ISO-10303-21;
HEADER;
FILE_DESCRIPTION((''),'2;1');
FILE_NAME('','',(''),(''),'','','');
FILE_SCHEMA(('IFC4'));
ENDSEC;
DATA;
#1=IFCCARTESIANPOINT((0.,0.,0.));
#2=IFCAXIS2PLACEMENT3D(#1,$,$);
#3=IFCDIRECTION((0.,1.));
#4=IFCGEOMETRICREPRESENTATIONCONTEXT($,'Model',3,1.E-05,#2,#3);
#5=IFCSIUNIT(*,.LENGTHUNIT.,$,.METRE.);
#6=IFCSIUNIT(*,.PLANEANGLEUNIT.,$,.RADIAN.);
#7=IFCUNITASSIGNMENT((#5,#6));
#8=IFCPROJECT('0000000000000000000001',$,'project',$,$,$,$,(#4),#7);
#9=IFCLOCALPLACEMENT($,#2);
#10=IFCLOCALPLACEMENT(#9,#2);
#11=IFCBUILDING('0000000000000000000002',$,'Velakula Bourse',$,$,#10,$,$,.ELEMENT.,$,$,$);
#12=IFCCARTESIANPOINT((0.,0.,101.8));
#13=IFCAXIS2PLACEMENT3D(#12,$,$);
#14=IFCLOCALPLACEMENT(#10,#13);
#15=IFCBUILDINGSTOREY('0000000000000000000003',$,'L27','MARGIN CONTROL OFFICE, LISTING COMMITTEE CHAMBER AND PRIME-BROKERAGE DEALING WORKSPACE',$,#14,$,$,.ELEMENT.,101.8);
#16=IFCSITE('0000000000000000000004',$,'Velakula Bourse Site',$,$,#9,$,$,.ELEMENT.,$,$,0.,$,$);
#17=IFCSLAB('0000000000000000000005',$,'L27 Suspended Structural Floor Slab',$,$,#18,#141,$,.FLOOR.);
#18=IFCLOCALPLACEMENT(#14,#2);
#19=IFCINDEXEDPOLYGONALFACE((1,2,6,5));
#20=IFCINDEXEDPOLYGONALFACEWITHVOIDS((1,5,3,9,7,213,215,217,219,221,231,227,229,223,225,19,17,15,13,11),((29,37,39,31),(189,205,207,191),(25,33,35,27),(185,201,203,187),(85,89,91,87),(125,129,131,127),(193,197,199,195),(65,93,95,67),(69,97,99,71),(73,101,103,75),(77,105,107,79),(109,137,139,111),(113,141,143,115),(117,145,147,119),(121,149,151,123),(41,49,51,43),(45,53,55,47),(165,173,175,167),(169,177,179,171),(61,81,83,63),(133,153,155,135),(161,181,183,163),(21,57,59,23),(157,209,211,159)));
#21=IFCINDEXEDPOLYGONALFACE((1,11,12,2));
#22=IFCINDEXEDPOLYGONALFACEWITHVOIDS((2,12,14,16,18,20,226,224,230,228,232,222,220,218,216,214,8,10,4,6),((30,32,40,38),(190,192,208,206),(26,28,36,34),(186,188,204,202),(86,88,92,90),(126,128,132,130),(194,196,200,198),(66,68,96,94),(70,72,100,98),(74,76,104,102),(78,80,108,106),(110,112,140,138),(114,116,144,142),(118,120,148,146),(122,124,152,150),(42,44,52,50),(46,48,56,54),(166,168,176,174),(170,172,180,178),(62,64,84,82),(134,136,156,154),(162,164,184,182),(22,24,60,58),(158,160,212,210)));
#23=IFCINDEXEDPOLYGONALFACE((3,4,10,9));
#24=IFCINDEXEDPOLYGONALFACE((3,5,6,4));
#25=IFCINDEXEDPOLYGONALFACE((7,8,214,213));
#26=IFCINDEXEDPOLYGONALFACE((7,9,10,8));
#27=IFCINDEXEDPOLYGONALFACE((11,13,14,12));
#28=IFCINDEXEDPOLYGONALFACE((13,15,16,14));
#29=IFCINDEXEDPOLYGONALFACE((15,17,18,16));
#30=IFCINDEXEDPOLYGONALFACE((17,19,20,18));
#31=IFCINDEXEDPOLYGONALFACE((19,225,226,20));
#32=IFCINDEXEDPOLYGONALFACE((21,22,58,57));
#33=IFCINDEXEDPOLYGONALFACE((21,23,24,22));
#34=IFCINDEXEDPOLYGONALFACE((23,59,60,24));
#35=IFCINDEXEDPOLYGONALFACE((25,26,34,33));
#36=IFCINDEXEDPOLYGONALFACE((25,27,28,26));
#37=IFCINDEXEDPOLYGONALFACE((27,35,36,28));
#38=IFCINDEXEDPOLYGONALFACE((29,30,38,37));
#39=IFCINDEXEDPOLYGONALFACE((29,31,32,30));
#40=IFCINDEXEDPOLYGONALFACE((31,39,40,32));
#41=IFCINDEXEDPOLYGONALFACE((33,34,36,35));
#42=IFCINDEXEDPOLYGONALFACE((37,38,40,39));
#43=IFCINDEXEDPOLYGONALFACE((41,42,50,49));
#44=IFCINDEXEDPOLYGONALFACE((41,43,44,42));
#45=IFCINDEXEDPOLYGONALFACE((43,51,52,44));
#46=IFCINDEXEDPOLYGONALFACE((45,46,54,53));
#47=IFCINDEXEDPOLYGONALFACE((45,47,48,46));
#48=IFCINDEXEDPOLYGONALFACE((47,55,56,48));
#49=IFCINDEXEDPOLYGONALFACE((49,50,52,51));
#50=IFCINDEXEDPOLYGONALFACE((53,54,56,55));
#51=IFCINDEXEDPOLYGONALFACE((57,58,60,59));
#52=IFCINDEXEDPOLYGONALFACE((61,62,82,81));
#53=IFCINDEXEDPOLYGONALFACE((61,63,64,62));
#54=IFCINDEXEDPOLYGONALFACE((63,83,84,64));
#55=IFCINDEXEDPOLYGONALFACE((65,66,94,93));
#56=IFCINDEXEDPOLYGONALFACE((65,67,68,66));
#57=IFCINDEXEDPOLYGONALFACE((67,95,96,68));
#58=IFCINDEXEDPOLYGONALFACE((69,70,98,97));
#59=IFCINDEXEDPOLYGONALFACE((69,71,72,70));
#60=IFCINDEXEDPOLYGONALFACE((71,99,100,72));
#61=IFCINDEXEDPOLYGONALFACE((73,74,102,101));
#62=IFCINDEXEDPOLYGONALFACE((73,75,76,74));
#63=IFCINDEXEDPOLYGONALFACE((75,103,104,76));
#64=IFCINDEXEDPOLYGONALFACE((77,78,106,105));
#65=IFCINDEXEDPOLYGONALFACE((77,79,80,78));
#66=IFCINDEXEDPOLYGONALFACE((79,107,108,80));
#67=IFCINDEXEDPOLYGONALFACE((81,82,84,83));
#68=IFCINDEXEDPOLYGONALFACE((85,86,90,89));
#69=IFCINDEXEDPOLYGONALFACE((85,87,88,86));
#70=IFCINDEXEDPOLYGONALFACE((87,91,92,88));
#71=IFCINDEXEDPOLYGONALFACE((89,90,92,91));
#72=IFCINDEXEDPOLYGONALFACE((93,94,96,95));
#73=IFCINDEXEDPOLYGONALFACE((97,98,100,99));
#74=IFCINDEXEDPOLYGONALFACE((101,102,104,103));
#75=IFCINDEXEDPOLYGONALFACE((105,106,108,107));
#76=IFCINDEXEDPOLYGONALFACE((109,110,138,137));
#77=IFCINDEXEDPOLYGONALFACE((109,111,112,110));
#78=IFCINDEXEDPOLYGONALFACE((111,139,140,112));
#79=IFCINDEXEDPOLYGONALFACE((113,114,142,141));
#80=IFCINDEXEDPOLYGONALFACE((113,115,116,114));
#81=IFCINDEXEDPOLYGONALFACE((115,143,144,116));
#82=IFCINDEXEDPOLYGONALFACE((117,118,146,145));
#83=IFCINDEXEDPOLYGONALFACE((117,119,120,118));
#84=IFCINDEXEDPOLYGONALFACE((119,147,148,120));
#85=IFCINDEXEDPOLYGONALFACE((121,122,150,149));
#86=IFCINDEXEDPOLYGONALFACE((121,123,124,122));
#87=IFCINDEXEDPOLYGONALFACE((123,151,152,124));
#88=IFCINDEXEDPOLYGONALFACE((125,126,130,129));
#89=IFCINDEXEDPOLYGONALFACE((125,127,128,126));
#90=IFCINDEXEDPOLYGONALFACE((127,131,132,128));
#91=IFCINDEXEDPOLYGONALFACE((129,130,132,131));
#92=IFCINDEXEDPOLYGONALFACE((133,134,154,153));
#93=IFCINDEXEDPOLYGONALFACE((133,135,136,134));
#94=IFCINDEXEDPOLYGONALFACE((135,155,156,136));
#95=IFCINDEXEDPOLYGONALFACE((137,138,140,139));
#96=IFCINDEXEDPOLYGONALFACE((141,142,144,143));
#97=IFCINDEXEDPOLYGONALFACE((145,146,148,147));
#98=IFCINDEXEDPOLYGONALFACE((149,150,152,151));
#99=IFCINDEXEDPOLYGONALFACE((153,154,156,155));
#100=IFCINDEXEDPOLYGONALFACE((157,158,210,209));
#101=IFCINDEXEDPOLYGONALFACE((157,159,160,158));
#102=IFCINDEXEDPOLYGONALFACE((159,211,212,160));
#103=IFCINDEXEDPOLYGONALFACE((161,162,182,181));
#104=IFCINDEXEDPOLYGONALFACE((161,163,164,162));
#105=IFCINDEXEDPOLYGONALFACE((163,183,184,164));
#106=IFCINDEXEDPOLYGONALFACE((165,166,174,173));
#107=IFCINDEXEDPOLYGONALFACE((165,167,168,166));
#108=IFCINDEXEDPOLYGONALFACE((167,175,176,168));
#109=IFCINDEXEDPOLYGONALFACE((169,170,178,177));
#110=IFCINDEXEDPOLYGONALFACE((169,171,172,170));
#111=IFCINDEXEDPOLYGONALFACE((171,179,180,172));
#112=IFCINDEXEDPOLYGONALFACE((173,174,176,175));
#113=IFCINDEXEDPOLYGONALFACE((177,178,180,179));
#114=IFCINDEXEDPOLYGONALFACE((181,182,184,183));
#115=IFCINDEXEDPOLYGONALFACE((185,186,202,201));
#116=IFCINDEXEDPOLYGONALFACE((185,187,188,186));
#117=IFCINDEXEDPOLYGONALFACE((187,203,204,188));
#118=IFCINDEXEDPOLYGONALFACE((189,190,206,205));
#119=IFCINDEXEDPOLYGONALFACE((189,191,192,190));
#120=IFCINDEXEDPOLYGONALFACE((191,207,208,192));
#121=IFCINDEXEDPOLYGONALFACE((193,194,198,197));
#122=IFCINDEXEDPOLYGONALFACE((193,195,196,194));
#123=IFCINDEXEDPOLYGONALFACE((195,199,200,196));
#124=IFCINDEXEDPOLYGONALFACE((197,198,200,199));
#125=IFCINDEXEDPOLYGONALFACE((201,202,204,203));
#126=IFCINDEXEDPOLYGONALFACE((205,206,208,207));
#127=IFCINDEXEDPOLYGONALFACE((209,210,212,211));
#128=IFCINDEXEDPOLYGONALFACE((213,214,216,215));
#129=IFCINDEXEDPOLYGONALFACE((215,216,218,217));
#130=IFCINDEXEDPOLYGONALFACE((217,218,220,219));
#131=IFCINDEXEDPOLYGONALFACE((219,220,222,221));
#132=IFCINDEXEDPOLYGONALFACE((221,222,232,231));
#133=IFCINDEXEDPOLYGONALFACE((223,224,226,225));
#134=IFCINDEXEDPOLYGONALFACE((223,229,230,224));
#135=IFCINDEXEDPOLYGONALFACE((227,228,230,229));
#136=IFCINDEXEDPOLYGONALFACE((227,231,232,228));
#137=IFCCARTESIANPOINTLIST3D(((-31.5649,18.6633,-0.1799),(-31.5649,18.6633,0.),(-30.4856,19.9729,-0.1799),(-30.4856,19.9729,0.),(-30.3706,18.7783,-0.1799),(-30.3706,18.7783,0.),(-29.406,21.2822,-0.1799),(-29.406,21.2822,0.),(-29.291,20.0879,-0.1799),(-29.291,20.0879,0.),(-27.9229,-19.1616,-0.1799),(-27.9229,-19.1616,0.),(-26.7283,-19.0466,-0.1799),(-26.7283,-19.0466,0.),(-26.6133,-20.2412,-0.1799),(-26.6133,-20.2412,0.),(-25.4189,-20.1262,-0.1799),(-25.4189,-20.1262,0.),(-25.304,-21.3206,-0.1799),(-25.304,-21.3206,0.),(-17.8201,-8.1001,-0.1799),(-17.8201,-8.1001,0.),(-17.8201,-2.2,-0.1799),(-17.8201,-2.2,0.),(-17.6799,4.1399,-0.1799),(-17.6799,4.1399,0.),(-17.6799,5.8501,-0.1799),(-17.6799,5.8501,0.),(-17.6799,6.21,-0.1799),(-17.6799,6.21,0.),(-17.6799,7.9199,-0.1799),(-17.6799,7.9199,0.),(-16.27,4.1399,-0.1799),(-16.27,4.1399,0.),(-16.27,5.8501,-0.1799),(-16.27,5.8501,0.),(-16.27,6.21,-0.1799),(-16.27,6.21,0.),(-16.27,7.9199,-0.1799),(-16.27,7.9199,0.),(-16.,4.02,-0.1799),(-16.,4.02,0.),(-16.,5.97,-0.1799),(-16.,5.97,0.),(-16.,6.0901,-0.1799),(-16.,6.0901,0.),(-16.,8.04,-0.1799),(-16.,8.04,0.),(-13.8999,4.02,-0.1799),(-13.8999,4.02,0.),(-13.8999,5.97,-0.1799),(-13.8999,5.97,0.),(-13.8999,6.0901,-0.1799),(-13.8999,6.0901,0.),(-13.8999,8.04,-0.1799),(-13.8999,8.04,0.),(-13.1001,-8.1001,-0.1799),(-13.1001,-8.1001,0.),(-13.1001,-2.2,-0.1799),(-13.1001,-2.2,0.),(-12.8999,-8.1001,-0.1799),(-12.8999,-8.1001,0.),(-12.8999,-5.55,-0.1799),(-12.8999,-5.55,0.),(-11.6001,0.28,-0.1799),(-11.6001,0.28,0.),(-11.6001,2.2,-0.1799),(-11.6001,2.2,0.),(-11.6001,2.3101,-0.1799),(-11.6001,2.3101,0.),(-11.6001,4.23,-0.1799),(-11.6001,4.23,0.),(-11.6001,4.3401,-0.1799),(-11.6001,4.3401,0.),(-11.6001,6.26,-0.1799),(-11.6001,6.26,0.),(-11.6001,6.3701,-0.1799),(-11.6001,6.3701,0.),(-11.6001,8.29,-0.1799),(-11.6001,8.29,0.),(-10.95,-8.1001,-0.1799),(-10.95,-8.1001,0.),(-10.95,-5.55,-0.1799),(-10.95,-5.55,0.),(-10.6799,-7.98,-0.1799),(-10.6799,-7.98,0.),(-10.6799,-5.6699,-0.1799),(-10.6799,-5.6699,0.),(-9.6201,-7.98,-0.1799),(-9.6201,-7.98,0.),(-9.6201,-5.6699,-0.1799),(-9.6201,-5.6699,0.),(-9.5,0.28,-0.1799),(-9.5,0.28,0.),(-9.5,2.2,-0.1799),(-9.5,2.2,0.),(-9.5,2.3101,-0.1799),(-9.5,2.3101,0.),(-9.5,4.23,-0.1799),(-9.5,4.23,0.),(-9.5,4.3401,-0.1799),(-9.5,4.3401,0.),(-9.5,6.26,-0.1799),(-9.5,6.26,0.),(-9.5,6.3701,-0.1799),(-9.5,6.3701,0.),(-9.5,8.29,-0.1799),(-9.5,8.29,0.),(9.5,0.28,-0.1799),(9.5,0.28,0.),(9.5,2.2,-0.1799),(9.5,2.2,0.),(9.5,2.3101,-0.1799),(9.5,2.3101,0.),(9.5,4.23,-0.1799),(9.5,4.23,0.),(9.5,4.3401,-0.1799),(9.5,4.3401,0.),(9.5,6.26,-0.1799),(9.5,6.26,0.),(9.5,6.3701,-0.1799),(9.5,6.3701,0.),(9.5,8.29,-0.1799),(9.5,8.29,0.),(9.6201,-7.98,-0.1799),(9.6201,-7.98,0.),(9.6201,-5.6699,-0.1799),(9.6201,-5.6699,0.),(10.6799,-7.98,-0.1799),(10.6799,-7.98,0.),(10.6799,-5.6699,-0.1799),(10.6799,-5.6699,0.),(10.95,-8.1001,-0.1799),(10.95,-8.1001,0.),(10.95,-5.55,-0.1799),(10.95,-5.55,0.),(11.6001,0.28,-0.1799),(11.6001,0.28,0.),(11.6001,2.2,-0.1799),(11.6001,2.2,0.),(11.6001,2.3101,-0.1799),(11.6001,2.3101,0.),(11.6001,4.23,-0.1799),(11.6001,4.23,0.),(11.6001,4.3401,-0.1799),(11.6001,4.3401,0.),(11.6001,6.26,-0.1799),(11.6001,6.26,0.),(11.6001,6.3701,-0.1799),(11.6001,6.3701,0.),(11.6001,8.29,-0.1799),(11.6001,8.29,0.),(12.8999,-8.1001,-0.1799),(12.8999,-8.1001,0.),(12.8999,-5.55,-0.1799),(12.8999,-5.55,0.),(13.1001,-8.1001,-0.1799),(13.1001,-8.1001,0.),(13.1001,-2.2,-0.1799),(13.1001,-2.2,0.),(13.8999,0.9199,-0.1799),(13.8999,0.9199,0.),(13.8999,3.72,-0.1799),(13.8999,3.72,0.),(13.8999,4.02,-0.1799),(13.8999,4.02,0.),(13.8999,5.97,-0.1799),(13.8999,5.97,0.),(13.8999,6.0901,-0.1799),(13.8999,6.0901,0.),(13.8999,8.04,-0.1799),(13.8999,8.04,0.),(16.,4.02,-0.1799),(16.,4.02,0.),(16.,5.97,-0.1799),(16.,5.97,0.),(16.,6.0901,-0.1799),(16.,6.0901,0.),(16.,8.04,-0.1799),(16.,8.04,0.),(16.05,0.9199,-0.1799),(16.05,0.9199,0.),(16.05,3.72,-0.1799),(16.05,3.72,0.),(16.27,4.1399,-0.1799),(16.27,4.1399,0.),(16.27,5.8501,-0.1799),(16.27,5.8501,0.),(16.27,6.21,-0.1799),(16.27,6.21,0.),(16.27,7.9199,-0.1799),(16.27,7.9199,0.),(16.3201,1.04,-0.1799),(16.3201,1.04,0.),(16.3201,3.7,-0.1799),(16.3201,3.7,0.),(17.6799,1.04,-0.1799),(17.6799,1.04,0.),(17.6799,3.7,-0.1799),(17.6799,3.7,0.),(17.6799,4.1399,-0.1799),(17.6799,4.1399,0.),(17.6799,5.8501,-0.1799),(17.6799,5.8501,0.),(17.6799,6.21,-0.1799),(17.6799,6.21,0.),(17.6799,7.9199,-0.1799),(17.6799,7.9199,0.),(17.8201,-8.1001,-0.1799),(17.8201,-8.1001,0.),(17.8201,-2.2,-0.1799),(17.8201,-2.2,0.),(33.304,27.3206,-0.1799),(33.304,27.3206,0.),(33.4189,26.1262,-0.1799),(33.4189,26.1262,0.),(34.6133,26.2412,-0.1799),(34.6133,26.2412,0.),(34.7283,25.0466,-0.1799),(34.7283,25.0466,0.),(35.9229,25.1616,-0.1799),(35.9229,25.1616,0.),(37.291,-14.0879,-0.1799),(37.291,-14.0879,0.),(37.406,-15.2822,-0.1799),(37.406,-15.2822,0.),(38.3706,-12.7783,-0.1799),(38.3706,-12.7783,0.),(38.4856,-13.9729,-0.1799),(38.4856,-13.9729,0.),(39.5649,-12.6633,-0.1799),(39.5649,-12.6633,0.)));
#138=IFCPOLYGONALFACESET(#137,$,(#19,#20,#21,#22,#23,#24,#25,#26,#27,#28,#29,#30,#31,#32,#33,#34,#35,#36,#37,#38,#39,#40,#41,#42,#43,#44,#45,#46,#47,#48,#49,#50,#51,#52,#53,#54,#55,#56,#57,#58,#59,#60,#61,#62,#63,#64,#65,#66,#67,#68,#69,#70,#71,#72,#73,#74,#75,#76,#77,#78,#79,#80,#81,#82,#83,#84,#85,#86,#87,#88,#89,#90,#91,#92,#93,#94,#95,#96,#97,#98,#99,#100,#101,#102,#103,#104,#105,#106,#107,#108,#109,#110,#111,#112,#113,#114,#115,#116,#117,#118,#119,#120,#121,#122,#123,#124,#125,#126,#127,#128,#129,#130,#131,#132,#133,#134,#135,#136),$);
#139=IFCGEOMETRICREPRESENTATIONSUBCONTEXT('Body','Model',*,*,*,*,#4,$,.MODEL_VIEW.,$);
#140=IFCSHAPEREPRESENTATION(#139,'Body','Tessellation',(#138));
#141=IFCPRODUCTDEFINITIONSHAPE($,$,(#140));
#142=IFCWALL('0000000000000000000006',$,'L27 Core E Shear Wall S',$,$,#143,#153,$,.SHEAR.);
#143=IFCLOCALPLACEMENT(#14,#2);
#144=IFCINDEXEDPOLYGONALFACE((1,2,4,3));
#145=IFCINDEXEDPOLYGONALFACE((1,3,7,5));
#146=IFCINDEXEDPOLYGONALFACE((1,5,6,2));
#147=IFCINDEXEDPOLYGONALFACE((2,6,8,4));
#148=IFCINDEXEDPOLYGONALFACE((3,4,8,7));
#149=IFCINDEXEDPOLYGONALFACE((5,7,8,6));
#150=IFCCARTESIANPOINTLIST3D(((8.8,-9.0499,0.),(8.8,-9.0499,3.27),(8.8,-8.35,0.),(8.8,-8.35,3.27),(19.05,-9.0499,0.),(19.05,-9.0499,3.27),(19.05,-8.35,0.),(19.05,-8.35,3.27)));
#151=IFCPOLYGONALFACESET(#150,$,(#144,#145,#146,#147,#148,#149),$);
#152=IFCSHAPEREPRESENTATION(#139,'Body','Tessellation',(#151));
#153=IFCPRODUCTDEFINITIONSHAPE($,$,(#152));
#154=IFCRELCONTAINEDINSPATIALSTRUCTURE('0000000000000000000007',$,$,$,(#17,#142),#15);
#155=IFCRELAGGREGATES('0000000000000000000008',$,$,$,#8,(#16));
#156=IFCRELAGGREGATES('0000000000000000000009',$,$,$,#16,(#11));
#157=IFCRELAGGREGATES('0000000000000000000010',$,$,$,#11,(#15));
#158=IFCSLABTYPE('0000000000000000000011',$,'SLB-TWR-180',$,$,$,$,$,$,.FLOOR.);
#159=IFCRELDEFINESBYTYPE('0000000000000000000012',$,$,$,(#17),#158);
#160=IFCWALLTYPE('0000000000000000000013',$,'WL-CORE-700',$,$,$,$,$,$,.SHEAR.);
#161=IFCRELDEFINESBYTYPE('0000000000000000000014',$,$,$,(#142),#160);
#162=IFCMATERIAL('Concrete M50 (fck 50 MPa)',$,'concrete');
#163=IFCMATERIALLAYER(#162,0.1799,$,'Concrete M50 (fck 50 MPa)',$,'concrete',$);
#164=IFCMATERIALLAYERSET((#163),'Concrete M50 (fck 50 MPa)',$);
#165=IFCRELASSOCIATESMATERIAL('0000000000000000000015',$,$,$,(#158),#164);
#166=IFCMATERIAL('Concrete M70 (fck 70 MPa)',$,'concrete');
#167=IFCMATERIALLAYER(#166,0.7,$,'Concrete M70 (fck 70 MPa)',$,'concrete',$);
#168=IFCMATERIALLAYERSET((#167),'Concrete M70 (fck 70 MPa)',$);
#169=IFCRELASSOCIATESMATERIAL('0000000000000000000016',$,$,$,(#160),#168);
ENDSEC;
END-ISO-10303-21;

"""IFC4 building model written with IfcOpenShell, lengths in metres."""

from ifc_helpers import new_model, si_unit, direction, frame, frame_2d, origin, place, context, subcontext, project, spatial, polyline, rectangle, outline, extrude, material, layer, layer_set, type_object, element, save


model = new_model("IFC4")

# Units and contexts
model_context = context("Model", 3, precision=1e-05, world=origin(), true_north=direction((0.0, 1.0)))
body_context = subcontext(model_context, "Body", "Model", "MODEL_VIEW")
ifc_project = project(units=[si_unit("LENGTHUNIT", "METRE"), si_unit("PLANEANGLEUNIT", "RADIAN")], contexts=[model_context])

# Site, building, storey
site_placement = place(None, origin())
site = spatial("IfcSite", under=ifc_project, at=site_placement, Name="Velakula Bourse Site", CompositionType="ELEMENT", RefElevation=0.0)
building_placement = place(site_placement, origin())
building = spatial("IfcBuilding", under=site, at=building_placement, Name="Velakula Bourse", CompositionType="ELEMENT")
storey_placement = place(building_placement, frame((0.0, 0.0, 101.8)))
storey = spatial("IfcBuildingStorey", under=building, at=storey_placement, Name="L27", Description="MARGIN CONTROL OFFICE, LISTING COMMITTEE CHAMBER AND PRIME-BROKERAGE DEALING WORKSPACE", CompositionType="ELEMENT", Elevation=101.8)

# Shared definitions
ifc_material_1 = material(Name="Concrete M70 (fck 70 MPa)", Category="concrete")

# Slab
ifc_material_2 = material(Name="Concrete M50 (fck 50 MPa)", Category="concrete")
ifc_layer_1 = layer(ifc_material_2, 0.1799, Name="Concrete M50 (fck 50 MPa)", Category="concrete")
ifc_layer_set_1 = layer_set([ifc_layer_1], Name="Concrete M50 (fck 50 MPa)")
slab_type_1 = type_object("IfcSlabType", Name="SLB-TWR-180", PredefinedType="FLOOR", material=ifc_layer_set_1)
slab_1_placement = place(storey_placement, frame((0.0, 0.0, -0.1799)))
element("IfcSlab", 1, at=slab_1_placement, inside=storey, type_object=slab_type_1, Name="L27 Suspended Structural Floor Slab", PredefinedType="FLOOR", context=body_context, shape_type="SweptSolid", body=[
    extrude(outline(polyline([(-25.304, -21.3206), (37.406, -15.2822), (37.291, -14.0879), (38.4856, -13.9729), (38.3706, -12.7783), (39.5649, -12.6633), (35.9229, 25.1616), (34.7283, 25.0466), (34.6133, 26.2412), (33.4189, 26.1262), (33.304, 27.3206), (-29.406, 21.2822), (-29.291, 20.0879), (-30.4856, 19.9729), (-30.3706, 18.7783), (-31.5649, 18.6633), (-27.9229, -19.1616), (-26.7283, -19.0466), (-26.6133, -20.2412), (-25.4189, -20.1262), (-25.304, -21.3206)]), holes=[polyline([(-17.8201, -8.1001), (-13.1001, -8.1001), (-13.1001, -2.2), (-17.8201, -2.2), (-17.8201, -8.1001)]), polyline([(13.1001, -8.1001), (17.8201, -8.1001), (17.8201, -2.2), (13.1001, -2.2), (13.1001, -8.1001)]), polyline([(-12.8999, -8.1001), (-10.95, -8.1001), (-10.95, -5.55), (-12.8999, -5.55), (-12.8999, -8.1001)]), polyline([(10.95, -8.1001), (12.8999, -8.1001), (12.8999, -5.55), (10.95, -5.55), (10.95, -8.1001)]), polyline([(13.8999, 0.9199), (16.05, 0.9199), (16.05, 3.72), (13.8999, 3.72), (13.8999, 0.9199)]), polyline([(-10.6799, -7.98), (-9.6201, -7.98), (-9.6201, -5.6699), (-10.6799, -5.6699), (-10.6799, -7.98)]), polyline([(-17.6799, 4.1399), (-16.27, 4.1399), (-16.27, 5.8501), (-17.6799, 5.8501), (-17.6799, 4.1399)]), polyline([(-17.6799, 6.21), (-16.27, 6.21), (-16.27, 7.9199), (-17.6799, 7.9199), (-17.6799, 6.21)]), polyline([(9.6201, -7.98), (10.6799, -7.98), (10.6799, -5.6699), (9.6201, -5.6699), (9.6201, -7.98)]), polyline([(16.27, 4.1399), (17.6799, 4.1399), (17.6799, 5.8501), (16.27, 5.8501), (16.27, 4.1399)]), polyline([(16.27, 6.21), (17.6799, 6.21), (17.6799, 7.9199), (16.27, 7.9199), (16.27, 6.21)]), polyline([(16.3201, 1.04), (17.6799, 1.04), (17.6799, 3.7), (16.3201, 3.7), (16.3201, 1.04)]), polyline([(-11.6001, 0.28), (-9.5, 0.28), (-9.5, 2.2), (-11.6001, 2.2), (-11.6001, 0.28)]), polyline([(-11.6001, 2.3101), (-9.5, 2.3101), (-9.5, 4.23), (-11.6001, 4.23), (-11.6001, 2.3101)]), polyline([(-11.6001, 4.3401), (-9.5, 4.3401), (-9.5, 6.26), (-11.6001, 6.26), (-11.6001, 4.3401)]), polyline([(-11.6001, 6.3701), (-9.5, 6.3701), (-9.5, 8.29), (-11.6001, 8.29), (-11.6001, 6.3701)]), polyline([(9.5, 0.28), (11.6001, 0.28), (11.6001, 2.2), (9.5, 2.2), (9.5, 0.28)]), polyline([(9.5, 2.3101), (11.6001, 2.3101), (11.6001, 4.23), (9.5, 4.23), (9.5, 2.3101)]), polyline([(9.5, 4.3401), (11.6001, 4.3401), (11.6001, 6.26), (9.5, 6.26), (9.5, 4.3401)]), polyline([(9.5, 6.3701), (11.6001, 6.3701), (11.6001, 8.29), (9.5, 8.29), (9.5, 6.3701)]), polyline([(-16.0, 4.02), (-13.8999, 4.02), (-13.8999, 5.97), (-16.0, 5.97), (-16.0, 4.02)]), polyline([(-16.0, 6.0901), (-13.8999, 6.0901), (-13.8999, 8.04), (-16.0, 8.04), (-16.0, 6.0901)]), polyline([(13.8999, 4.02), (16.0, 4.02), (16.0, 5.97), (13.8999, 5.97), (13.8999, 4.02)]), polyline([(13.8999, 6.0901), (16.0, 6.0901), (16.0, 8.04), (13.8999, 8.04), (13.8999, 6.0901)])]), origin(), (0.0, 0.0, 1.0), 0.1799),
])

# Wall
ifc_layer_2 = layer(ifc_material_1, 0.7, Name="Concrete M70 (fck 70 MPa)", Category="concrete")
ifc_layer_set_2 = layer_set([ifc_layer_2], Name="Concrete M70 (fck 70 MPa)")
wall_type_1 = type_object("IfcWallType", Name="WL-CORE-700", PredefinedType="SHEAR", material=ifc_layer_set_2)
wall_1_placement = place(storey_placement, frame((8.8, -8.7, 0.0), z_axis=(0.0, 0.0, 1.0), x_axis=(1.0, 0.0, 0.0)))
element("IfcWall", 2, at=wall_1_placement, inside=storey, type_object=wall_type_1, Name="L27 Core E Shear Wall S", PredefinedType="SHEAR", context=body_context, shape_type="SweptSolid", body=[
    extrude(rectangle(XDim=10.25, YDim=0.7, at=frame_2d((5.125, 0.0))), origin(), (0.0, 0.0, 1.0), 3.27),
])

save(model, "model.ifc")
